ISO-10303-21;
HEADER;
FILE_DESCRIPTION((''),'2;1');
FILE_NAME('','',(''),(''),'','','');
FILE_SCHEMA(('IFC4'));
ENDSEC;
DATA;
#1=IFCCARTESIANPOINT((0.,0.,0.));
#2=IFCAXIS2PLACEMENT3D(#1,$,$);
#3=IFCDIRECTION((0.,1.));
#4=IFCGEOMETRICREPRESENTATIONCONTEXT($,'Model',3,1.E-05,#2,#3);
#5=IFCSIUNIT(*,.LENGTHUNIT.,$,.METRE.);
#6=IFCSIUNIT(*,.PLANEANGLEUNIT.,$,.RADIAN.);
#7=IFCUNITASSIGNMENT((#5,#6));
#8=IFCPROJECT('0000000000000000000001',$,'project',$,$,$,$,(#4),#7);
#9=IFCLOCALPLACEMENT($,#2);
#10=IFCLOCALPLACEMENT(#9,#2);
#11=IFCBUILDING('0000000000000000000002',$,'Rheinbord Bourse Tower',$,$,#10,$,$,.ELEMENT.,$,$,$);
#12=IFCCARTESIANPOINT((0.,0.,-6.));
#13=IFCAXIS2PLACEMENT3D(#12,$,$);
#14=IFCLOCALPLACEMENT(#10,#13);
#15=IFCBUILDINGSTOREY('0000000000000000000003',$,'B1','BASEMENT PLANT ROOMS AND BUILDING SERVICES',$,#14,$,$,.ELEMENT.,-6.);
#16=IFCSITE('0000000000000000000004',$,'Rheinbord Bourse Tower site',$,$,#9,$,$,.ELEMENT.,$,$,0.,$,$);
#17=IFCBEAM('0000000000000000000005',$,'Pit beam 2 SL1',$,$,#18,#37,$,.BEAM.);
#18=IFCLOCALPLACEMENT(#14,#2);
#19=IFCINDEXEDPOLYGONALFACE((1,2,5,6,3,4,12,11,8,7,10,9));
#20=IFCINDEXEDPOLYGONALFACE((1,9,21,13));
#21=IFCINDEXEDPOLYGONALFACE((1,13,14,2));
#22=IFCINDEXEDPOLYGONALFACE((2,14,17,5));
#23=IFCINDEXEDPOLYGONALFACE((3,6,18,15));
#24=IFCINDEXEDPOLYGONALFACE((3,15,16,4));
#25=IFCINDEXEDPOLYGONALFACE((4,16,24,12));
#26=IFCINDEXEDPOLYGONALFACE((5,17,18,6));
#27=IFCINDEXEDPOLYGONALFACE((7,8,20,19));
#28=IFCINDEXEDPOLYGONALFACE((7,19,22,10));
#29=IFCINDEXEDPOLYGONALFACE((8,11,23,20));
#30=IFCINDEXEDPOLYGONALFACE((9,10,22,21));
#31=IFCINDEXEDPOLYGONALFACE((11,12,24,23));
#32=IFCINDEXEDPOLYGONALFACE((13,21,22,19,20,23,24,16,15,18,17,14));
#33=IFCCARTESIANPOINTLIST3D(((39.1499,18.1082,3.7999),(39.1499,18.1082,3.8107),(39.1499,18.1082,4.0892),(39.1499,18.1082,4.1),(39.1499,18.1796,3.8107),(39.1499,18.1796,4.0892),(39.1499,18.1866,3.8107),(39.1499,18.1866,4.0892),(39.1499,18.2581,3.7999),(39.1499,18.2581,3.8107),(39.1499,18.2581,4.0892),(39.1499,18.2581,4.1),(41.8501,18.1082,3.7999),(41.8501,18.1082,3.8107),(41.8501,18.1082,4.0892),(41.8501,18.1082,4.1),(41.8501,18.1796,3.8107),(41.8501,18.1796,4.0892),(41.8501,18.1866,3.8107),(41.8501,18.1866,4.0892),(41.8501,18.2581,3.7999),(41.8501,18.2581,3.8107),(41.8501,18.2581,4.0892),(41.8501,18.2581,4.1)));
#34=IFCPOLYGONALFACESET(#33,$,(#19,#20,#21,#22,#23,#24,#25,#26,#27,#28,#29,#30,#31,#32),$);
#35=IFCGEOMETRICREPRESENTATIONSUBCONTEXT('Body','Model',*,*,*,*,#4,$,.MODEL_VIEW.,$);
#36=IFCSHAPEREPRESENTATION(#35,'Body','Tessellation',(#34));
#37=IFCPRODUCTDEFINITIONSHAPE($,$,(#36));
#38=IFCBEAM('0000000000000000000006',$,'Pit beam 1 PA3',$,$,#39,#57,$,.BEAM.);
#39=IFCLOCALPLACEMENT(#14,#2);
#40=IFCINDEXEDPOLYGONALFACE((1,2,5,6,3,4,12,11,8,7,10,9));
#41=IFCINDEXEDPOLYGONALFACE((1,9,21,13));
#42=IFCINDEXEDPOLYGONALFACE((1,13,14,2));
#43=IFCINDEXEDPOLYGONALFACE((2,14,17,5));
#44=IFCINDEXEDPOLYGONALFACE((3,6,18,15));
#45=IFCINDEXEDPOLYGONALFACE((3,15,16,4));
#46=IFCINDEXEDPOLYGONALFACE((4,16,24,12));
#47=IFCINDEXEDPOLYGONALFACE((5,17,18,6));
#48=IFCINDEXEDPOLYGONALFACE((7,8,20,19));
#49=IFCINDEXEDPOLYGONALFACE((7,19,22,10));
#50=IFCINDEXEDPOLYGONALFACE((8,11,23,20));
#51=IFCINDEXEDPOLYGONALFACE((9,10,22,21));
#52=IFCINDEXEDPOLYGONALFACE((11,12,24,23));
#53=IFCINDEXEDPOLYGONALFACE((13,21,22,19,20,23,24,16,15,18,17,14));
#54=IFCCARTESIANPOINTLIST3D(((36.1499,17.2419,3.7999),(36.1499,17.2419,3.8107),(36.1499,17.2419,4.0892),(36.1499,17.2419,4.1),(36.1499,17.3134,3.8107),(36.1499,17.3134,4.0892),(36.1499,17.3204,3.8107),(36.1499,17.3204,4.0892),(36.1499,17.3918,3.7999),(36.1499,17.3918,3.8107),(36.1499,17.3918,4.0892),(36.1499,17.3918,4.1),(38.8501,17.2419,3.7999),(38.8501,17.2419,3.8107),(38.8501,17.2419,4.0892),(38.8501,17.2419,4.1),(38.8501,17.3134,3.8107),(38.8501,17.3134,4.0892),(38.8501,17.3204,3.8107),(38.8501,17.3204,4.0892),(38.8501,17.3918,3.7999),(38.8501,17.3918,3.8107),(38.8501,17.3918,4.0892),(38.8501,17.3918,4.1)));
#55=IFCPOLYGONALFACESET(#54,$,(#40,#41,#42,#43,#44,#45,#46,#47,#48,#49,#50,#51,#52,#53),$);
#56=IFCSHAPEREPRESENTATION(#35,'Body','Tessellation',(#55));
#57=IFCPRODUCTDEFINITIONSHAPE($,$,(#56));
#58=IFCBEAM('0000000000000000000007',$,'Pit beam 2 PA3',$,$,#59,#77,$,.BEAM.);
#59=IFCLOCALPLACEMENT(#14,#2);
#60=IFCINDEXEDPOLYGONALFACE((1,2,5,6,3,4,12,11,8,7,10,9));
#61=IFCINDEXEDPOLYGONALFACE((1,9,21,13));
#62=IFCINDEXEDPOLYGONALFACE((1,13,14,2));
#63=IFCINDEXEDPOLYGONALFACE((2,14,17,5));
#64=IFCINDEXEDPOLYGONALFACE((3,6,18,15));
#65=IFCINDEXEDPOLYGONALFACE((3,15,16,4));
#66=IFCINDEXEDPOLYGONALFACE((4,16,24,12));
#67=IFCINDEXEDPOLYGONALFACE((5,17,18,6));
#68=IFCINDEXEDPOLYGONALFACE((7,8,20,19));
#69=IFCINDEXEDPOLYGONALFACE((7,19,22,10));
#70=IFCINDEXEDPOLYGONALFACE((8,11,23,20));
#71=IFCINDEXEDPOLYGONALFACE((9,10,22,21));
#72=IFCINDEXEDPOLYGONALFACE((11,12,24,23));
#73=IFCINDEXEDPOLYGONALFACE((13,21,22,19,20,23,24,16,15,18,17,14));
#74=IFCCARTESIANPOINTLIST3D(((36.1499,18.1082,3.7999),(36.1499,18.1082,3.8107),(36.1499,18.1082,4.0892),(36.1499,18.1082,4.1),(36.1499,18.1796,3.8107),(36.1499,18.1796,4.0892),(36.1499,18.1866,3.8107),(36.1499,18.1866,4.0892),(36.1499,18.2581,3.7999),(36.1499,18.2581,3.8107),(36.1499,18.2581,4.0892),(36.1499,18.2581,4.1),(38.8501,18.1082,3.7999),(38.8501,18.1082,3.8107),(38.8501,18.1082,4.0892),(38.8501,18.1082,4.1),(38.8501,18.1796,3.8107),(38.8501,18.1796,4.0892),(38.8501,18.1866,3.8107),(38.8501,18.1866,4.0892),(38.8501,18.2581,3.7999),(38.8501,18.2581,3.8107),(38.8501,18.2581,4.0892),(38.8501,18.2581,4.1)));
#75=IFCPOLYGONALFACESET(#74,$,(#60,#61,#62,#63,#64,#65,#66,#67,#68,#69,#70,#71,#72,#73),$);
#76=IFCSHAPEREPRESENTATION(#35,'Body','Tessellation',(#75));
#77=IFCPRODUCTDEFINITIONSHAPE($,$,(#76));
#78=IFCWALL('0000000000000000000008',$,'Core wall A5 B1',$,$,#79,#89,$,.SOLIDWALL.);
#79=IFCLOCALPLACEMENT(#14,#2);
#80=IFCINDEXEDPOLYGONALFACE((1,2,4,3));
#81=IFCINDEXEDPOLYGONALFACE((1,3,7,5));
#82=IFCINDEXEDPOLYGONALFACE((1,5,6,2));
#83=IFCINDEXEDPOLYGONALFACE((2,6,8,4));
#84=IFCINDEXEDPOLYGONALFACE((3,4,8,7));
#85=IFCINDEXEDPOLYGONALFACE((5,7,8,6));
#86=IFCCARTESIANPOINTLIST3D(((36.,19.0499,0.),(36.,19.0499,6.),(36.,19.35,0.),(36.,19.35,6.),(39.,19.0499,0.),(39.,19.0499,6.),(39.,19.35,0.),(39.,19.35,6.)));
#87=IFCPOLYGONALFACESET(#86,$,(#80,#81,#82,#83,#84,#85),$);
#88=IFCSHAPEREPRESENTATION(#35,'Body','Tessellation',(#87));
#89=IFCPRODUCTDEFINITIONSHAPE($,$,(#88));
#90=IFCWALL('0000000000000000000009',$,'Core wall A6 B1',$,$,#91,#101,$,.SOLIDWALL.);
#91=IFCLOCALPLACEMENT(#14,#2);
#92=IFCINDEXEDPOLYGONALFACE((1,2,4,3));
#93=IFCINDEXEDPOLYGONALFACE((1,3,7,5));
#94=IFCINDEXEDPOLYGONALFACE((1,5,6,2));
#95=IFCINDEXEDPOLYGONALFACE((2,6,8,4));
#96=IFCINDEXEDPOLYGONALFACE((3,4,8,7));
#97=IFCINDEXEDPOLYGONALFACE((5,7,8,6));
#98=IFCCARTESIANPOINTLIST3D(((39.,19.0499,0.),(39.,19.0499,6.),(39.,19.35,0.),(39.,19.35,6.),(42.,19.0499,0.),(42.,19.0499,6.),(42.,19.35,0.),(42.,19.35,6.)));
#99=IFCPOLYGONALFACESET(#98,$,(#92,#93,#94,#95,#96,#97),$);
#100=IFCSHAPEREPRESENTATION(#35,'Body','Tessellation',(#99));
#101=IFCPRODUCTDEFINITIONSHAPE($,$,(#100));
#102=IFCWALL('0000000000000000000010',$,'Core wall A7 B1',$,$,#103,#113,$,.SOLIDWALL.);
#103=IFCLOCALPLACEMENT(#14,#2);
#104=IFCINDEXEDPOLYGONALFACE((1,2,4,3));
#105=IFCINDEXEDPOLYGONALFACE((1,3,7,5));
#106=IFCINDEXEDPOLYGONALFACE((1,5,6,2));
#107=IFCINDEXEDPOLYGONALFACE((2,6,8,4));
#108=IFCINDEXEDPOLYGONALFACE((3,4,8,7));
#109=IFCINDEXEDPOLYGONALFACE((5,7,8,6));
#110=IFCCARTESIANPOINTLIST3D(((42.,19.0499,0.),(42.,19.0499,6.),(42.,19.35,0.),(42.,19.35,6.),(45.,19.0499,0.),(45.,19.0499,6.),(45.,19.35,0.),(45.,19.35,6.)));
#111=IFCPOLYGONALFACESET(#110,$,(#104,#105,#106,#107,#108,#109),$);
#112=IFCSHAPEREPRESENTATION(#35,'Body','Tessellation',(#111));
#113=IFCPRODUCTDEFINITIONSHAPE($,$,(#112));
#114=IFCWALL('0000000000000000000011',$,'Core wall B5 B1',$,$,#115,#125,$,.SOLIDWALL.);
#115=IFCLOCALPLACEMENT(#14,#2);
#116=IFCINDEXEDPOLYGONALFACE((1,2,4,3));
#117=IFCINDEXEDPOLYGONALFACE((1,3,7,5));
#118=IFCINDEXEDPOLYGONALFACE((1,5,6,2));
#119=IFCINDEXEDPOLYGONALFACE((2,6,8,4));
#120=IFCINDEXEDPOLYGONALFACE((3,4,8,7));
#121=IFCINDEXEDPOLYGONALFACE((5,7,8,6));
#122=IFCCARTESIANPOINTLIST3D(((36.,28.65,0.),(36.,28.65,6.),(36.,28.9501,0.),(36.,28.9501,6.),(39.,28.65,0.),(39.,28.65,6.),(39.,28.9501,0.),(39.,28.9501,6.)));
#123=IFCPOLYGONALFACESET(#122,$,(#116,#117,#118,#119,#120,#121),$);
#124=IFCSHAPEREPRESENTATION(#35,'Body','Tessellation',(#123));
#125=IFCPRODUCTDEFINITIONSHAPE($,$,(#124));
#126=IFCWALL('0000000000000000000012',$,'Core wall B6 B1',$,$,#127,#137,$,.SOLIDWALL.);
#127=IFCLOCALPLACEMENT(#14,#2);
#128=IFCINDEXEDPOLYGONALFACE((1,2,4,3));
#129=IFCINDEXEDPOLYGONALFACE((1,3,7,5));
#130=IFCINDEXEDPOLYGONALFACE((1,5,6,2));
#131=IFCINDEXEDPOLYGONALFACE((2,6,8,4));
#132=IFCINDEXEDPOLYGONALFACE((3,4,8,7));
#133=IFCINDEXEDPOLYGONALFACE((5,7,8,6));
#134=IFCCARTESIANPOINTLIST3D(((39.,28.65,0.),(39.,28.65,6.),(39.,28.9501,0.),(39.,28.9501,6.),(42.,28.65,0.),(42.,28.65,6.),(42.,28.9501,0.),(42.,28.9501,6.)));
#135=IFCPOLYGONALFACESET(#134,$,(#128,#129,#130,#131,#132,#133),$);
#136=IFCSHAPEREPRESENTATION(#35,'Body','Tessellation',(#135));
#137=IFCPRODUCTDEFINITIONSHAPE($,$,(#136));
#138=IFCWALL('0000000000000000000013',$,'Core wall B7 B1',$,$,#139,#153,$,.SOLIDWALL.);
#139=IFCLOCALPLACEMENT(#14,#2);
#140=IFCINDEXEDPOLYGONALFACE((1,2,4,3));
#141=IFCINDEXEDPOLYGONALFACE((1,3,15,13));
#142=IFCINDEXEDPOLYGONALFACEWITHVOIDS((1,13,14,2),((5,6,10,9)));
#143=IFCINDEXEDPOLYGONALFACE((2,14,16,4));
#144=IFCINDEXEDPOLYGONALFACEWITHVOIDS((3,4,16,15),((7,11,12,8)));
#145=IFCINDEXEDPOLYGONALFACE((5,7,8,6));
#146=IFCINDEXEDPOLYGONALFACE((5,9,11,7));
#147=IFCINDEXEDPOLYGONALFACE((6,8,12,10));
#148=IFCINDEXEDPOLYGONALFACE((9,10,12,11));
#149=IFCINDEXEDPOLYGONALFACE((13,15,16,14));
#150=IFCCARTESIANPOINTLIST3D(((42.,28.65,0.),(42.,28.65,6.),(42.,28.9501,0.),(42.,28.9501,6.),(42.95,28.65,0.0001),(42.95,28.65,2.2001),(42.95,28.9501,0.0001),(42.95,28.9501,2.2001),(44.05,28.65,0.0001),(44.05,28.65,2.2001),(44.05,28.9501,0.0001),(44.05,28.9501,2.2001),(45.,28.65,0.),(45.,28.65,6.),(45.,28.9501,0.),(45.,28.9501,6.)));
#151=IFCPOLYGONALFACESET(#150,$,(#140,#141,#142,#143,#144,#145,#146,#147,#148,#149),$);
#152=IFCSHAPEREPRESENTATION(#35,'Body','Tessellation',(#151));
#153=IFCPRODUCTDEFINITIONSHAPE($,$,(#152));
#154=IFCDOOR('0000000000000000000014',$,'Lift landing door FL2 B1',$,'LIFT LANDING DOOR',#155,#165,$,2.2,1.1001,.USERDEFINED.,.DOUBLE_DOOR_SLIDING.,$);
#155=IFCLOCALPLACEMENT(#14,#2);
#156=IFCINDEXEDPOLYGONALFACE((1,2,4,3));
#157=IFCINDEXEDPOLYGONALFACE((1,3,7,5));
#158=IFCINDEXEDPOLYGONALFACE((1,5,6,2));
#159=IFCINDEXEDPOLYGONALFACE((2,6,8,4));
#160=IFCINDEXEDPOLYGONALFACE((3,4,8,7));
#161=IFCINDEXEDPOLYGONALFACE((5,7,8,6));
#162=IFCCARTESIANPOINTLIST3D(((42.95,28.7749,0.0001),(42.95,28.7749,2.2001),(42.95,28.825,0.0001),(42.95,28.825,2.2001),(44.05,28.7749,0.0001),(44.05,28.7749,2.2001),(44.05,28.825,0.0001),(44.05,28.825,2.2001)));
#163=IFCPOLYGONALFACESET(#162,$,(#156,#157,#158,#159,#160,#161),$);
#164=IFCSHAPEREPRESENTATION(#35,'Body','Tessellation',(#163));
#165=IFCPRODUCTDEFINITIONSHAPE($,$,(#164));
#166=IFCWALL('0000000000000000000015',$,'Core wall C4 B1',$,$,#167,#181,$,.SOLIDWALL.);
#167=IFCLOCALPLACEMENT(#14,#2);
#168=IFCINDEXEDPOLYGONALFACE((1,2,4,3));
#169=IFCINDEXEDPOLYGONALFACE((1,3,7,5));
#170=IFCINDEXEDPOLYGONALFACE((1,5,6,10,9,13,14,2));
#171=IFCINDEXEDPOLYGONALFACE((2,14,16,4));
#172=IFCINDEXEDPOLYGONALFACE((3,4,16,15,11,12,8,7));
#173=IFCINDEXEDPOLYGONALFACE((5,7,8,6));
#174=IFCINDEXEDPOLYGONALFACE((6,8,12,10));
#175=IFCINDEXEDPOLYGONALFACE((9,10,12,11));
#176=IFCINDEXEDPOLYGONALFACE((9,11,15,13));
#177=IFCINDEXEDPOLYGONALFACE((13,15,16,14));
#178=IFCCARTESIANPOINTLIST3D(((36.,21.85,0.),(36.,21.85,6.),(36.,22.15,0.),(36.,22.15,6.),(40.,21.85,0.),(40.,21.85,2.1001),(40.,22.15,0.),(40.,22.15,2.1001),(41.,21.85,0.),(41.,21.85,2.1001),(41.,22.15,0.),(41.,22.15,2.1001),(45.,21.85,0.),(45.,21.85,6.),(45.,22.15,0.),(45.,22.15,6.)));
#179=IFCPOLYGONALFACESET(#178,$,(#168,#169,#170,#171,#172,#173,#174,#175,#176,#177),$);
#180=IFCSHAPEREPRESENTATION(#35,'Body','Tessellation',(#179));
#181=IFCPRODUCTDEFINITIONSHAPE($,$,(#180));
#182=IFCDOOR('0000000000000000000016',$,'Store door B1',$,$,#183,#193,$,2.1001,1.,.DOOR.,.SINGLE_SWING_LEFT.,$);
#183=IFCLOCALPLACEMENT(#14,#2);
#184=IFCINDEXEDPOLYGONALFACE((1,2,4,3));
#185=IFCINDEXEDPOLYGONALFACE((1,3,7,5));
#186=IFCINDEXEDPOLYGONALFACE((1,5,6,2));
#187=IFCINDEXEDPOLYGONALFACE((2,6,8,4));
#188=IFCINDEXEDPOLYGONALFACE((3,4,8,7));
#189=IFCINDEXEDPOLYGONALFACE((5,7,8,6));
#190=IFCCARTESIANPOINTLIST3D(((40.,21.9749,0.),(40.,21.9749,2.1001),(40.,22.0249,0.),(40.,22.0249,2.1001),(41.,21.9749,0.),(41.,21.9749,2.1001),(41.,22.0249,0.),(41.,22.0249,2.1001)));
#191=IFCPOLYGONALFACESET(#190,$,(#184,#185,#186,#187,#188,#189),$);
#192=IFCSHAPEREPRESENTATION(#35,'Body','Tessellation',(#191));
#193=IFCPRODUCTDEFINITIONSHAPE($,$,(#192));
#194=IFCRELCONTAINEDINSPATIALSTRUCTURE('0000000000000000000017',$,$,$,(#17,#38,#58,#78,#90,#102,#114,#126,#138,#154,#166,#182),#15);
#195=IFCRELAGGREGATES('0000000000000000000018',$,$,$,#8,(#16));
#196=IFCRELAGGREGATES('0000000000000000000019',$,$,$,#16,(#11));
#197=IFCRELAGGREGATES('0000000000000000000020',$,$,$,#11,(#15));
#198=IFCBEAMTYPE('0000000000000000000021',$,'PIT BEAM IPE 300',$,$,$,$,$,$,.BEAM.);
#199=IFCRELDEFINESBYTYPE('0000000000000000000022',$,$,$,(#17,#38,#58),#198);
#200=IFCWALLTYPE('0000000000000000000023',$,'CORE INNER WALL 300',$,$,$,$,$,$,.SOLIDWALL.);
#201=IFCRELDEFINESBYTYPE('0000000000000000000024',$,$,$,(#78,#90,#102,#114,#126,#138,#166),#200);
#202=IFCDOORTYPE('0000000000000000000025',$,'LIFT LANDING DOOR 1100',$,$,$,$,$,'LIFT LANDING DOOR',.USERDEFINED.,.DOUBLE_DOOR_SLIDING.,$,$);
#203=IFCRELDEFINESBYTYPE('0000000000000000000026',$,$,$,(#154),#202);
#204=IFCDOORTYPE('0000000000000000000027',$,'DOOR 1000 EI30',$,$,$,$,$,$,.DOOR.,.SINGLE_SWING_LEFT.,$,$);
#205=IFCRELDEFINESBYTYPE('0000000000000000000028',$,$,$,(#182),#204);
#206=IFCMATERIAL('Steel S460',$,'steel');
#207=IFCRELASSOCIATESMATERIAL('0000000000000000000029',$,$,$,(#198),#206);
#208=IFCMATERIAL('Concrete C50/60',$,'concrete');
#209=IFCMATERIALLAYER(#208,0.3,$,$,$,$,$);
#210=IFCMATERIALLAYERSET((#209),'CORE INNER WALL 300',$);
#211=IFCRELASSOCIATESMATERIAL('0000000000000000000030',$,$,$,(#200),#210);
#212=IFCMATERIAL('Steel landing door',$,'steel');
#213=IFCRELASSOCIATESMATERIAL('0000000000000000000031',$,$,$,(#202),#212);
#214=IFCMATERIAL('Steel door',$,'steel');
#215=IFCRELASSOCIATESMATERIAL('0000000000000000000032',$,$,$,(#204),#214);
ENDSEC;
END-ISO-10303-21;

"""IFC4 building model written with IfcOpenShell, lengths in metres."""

from ifc_helpers import new_model, si_unit, direction, frame, frame_2d, origin, origin_2d, place, context, subcontext, project, spatial, rectangle, i_section, extrude, material, layer, layer_set, material_profile, profile_set, type_object, element, fill, save


model = new_model("IFC4")

# Units and contexts
model_context = context("Model", 3, precision=1e-05, world=origin(), true_north=direction((0.0, 1.0)))
body_context = subcontext(model_context, "Body", "Model", "MODEL_VIEW")
ifc_project = project(units=[si_unit("LENGTHUNIT", "METRE"), si_unit("PLANEANGLEUNIT", "RADIAN")], contexts=[model_context])

# Site, building, storey
site_placement = place(None, origin())
site = spatial("IfcSite", under=ifc_project, at=site_placement, Name="Rheinbord Bourse Tower site", CompositionType="ELEMENT", RefElevation=0.0)
building_placement = place(site_placement, origin())
building = spatial("IfcBuilding", under=site, at=building_placement, Name="Rheinbord Bourse Tower", CompositionType="ELEMENT")
storey_placement = place(building_placement, frame((0.0, 0.0, -6.0)))
storey = spatial("IfcBuildingStorey", under=building, at=storey_placement, Name="B1", Description="BASEMENT PLANT ROOMS AND BUILDING SERVICES", CompositionType="ELEMENT", Elevation=-6.0)

# Beams
ifc_material_1 = material(Name="Steel S460", Category="steel")
ifc_material_profile_1 = material_profile(ifc_material_1, i_section(OverallWidth=0.1499, OverallDepth=0.3, WebThickness=0.0071, FlangeThickness=0.0107, at=origin_2d()), Name="IPE 300")
ifc_profile_set_1 = profile_set([ifc_material_profile_1], Name="Steel S460")
beam_type = type_object("IfcBeamType", Name="PIT BEAM IPE 300", PredefinedType="BEAM", material=ifc_profile_set_1)
for number, where, z_axis, x_axis, name in (
    (1, (39.1499, 18.1831, 3.95), (1.0, 0.0, 0.0), (0.0, 1.0, 0.0), "Pit beam 2 SL1"),
    (2, (36.1499, 17.3169, 3.95), (1.0, 0.0, 0.0), (0.0, 1.0, 0.0), "Pit beam 1 PA3"),
    (3, (36.1499, 18.1831, 3.95), (1.0, 0.0, 0.0), (0.0, 1.0, 0.0), "Pit beam 2 PA3"),
):
    element("IfcBeam", number, at=place(storey_placement, frame(where, z_axis=z_axis, x_axis=x_axis)), inside=storey, type_object=beam_type, Name=name, PredefinedType="BEAM", context=body_context, shape_type="SweptSolid", body=[
        extrude(i_section(OverallWidth=0.1499, OverallDepth=0.3, WebThickness=0.0071, FlangeThickness=0.0107, at=origin_2d()), origin(), (0.0, 0.0, 1.0), 2.7002),
    ])

# Walls
ifc_material_2 = material(Name="Concrete C50/60", Category="concrete")
ifc_layer = layer(ifc_material_2, 0.3)
ifc_layer_set = layer_set([ifc_layer], Name="CORE INNER WALL 300")
wall_type = type_object("IfcWallType", Name="CORE INNER WALL 300", PredefinedType="SOLIDWALL", material=ifc_layer_set)
for number, where, z_axis, x_axis, name in (
    (4, (36.0, 19.2, 0.0), (0.0, 0.0, 1.0), (1.0, 0.0, 0.0), "Core wall A5 B1"),
    (5, (39.0, 19.2, 0.0), (0.0, 0.0, 1.0), (1.0, 0.0, 0.0), "Core wall A6 B1"),
    (6, (42.0, 19.2, 0.0), (0.0, 0.0, 1.0), (1.0, 0.0, 0.0), "Core wall A7 B1"),
    (7, (36.0, 28.8, 0.0), (0.0, 0.0, 1.0), (1.0, 0.0, 0.0), "Core wall B5 B1"),
    (8, (39.0, 28.8, 0.0), (0.0, 0.0, 1.0), (1.0, 0.0, 0.0), "Core wall B6 B1"),
):
    element("IfcWall", number, at=place(storey_placement, frame(where, z_axis=z_axis, x_axis=x_axis)), inside=storey, type_object=wall_type, Name=name, PredefinedType="SOLIDWALL", context=body_context, shape_type="SweptSolid", body=[
        extrude(rectangle(XDim=3.0, YDim=0.3, at=frame_2d((1.5, 0.0))), origin(), (0.0, 0.0, 1.0), 6.0),
    ])

# Walls, openings, doors
wall_1_placement = place(storey_placement, frame((42.0, 28.8, 0.0), z_axis=(0.0, 0.0, 1.0), x_axis=(1.0, 0.0, 0.0)))
wall_1 = element("IfcWall", 9, at=wall_1_placement, inside=storey, type_object=wall_type, Name="Core wall B7 B1", PredefinedType="SOLIDWALL", context=body_context, shape_type="SweptSolid", body=[
    extrude(rectangle(XDim=3.0, YDim=0.3, at=frame_2d((1.5, 0.0))), origin(), (0.0, 0.0, 1.0), 6.0),
])
opening_1_placement = place(wall_1_placement, frame((0.95, 0.0, 0.0)))
opening_1 = element("IfcOpeningElement", 10, at=opening_1_placement, cuts=wall_1, PredefinedType="OPENING", context=body_context, shape_type="SweptSolid", body=[
    extrude(rectangle(XDim=1.1001, YDim=2.2, at=frame_2d((0.55, 1.1001))), frame((0.0, 0.1599, 0.0), z_axis=(0.0, -1.0, 0.0), x_axis=(1.0, 0.0, 0.0)), (0.0, 0.0, 1.0), 0.3201),
])
ifc_material_3 = material(Name="Steel landing door", Category="steel")
door_type_1 = type_object("IfcDoorType", Name="LIFT LANDING DOOR 1100", ElementType="LIFT LANDING DOOR", OperationType="DOUBLE_DOOR_SLIDING", PredefinedType="USERDEFINED", material=ifc_material_3)
door_1_placement = place(opening_1_placement, origin())
door_1 = element("IfcDoor", 11, at=door_1_placement, inside=storey, type_object=door_type_1, Name="Lift landing door FL2 B1", ObjectType="LIFT LANDING DOOR", OperationType="DOUBLE_DOOR_SLIDING", OverallHeight=2.2, OverallWidth=1.1001, PredefinedType="USERDEFINED", context=body_context, shape_type="SweptSolid", body=[
    extrude(rectangle(XDim=1.1001, YDim=2.2, at=frame_2d((0.55, 1.1001))), frame((0.0, 0.0249, 0.0), z_axis=(0.0, -1.0, 0.0), x_axis=(1.0, 0.0, 0.0)), (0.0, 0.0, 1.0), 0.05),
])
fill(opening_1, door_1)
wall_2_placement = place(storey_placement, frame((36.0, 22.0, 0.0), z_axis=(0.0, 0.0, 1.0), x_axis=(1.0, 0.0, 0.0)))
wall_2 = element("IfcWall", 12, at=wall_2_placement, inside=storey, type_object=wall_type, Name="Core wall C4 B1", PredefinedType="SOLIDWALL", context=body_context, shape_type="SweptSolid", body=[
    extrude(rectangle(XDim=9.0, YDim=0.3, at=frame_2d((4.5, 0.0))), origin(), (0.0, 0.0, 1.0), 6.0),
])
opening_2_placement = place(wall_2_placement, frame((4.0, 0.0, 0.0)))
opening_2 = element("IfcOpeningElement", 13, at=opening_2_placement, cuts=wall_2, PredefinedType="OPENING", context=body_context, shape_type="SweptSolid", body=[
    extrude(rectangle(XDim=1.0, YDim=2.1001, at=frame_2d((0.5, 1.05))), frame((0.0, 0.1599, 0.0), z_axis=(0.0, -1.0, 0.0), x_axis=(1.0, 0.0, 0.0)), (0.0, 0.0, 1.0), 0.3201),
])
ifc_material_4 = material(Name="Steel door", Category="steel")
door_type_2 = type_object("IfcDoorType", Name="DOOR 1000 EI30", OperationType="SINGLE_SWING_LEFT", PredefinedType="DOOR", material=ifc_material_4)
door_2_placement = place(opening_2_placement, origin())
door_2 = element("IfcDoor", 14, at=door_2_placement, inside=storey, type_object=door_type_2, Name="Store door B1", OperationType="SINGLE_SWING_LEFT", OverallHeight=2.1001, OverallWidth=1.0, PredefinedType="DOOR", context=body_context, shape_type="SweptSolid", body=[
    extrude(rectangle(XDim=1.0, YDim=2.1001, at=frame_2d((0.5, 1.05))), frame((0.0, 0.0249, 0.0), z_axis=(0.0, -1.0, 0.0), x_axis=(1.0, 0.0, 0.0)), (0.0, 0.0, 1.0), 0.05),
])
fill(opening_2, door_2)

save(model, "model.ifc")
